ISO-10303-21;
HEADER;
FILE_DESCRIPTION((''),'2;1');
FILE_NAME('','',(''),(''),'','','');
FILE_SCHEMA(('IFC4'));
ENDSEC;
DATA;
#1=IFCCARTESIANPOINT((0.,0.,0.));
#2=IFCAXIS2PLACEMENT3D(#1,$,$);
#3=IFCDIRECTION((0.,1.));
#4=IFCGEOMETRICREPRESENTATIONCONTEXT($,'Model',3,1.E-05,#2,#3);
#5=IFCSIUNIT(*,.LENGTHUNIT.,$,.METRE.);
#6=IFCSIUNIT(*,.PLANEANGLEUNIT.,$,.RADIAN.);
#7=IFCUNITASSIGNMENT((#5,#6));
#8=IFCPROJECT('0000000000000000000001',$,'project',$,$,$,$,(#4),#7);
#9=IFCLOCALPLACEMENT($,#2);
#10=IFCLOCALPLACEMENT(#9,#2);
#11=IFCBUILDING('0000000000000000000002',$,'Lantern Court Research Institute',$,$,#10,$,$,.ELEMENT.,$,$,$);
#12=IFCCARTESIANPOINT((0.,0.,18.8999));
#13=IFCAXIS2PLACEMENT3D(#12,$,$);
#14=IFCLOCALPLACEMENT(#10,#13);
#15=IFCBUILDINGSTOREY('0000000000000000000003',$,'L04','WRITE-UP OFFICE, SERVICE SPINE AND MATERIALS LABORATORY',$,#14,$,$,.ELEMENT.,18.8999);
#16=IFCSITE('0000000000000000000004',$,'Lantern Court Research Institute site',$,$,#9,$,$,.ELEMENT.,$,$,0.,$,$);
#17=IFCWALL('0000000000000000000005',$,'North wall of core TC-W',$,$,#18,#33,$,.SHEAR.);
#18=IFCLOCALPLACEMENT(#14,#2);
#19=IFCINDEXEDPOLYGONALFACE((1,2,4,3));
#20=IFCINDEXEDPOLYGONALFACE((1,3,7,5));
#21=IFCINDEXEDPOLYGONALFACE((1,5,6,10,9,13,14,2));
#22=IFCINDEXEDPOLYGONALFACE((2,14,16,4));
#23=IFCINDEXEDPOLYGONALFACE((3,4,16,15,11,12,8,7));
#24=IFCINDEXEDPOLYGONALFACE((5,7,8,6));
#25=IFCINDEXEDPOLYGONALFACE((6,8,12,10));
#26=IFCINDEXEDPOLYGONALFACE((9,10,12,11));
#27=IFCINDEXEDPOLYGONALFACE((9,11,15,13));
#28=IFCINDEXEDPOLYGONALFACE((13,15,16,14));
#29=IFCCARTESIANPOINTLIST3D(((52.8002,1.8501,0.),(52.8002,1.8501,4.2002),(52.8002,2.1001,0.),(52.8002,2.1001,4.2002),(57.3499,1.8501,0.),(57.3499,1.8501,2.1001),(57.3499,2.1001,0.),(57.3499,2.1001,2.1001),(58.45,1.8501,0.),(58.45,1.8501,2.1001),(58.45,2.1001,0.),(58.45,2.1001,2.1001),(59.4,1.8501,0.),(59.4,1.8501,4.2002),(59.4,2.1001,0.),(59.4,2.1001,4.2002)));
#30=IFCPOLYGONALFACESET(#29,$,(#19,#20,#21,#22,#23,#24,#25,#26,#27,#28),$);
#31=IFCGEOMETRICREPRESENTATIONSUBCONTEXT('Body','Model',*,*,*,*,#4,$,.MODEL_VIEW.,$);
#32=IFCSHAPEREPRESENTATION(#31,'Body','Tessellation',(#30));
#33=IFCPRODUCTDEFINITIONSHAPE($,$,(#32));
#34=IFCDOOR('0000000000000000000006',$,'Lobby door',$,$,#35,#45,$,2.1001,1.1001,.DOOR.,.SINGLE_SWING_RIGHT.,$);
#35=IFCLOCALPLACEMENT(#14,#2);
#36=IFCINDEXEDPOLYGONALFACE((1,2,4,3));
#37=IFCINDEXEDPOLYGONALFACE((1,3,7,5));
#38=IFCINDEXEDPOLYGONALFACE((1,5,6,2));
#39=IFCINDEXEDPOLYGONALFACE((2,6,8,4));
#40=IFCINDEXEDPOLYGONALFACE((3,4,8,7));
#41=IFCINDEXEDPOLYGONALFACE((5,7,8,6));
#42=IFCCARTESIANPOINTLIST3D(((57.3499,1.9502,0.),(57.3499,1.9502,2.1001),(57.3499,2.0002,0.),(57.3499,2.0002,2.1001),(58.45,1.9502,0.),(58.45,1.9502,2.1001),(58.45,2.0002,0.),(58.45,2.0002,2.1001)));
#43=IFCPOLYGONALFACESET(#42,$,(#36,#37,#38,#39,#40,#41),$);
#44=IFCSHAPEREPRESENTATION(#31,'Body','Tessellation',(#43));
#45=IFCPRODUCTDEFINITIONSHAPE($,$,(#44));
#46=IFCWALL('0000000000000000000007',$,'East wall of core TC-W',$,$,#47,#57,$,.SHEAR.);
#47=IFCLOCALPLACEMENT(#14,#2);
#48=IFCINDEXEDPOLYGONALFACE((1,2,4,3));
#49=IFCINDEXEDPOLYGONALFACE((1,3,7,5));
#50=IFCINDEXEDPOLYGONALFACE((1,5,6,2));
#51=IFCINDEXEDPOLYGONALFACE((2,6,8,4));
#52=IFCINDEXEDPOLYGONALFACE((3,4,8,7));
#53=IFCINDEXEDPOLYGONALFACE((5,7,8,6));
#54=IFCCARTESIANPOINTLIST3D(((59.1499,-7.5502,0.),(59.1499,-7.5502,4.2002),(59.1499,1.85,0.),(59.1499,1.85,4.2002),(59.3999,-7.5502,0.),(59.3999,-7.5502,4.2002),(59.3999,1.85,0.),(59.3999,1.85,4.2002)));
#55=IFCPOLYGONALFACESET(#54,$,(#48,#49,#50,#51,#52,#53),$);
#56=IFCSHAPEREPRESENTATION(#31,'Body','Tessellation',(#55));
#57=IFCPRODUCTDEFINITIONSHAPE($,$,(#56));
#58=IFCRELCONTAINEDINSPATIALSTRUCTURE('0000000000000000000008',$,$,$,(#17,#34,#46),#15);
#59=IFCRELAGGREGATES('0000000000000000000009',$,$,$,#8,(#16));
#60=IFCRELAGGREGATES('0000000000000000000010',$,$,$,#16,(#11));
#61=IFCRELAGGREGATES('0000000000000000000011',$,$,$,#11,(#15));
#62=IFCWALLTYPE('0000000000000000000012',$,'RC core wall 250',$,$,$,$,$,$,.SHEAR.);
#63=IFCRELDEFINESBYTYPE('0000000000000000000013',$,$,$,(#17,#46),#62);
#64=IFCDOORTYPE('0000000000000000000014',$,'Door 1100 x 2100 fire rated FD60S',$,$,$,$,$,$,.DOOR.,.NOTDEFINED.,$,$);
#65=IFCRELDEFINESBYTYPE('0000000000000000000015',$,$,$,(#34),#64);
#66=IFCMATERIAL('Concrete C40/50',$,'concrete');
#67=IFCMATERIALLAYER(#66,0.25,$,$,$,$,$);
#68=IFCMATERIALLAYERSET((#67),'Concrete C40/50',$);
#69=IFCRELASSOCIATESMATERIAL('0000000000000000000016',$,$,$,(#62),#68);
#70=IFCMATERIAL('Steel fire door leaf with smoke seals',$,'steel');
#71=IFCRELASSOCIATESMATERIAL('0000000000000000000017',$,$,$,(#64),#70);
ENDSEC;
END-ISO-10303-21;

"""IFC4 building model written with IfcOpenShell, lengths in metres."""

from ifc_helpers import new_model, si_unit, direction, frame, frame_2d, origin, place, context, subcontext, project, spatial, rectangle, extrude, material, layer, layer_set, type_object, element, fill, save


model = new_model("IFC4")

# Units and contexts
model_context = context("Model", 3, precision=1e-05, world=origin(), true_north=direction((0.0, 1.0)))
body_context = subcontext(model_context, "Body", "Model", "MODEL_VIEW")
ifc_project = project(units=[si_unit("LENGTHUNIT", "METRE"), si_unit("PLANEANGLEUNIT", "RADIAN")], contexts=[model_context])

# Site, building, storey
site_placement = place(None, origin())
site = spatial("IfcSite", under=ifc_project, at=site_placement, Name="Lantern Court Research Institute site", CompositionType="ELEMENT", RefElevation=0.0)
building_placement = place(site_placement, origin())
building = spatial("IfcBuilding", under=site, at=building_placement, Name="Lantern Court Research Institute", CompositionType="ELEMENT")
storey_placement = place(building_placement, frame((0.0, 0.0, 18.8999)))
storey = spatial("IfcBuildingStorey", under=building, at=storey_placement, Name="L04", Description="WRITE-UP OFFICE, SERVICE SPINE AND MATERIALS LABORATORY", CompositionType="ELEMENT", Elevation=18.8999)

# Wall, opening, door
ifc_material_1 = material(Name="Concrete C40/50", Category="concrete")
ifc_layer_1 = layer(ifc_material_1, 0.25)
ifc_layer_set_1 = layer_set([ifc_layer_1], Name="Concrete C40/50")
wall_type_1 = type_object("IfcWallType", Name="RC core wall 250", PredefinedType="SHEAR", material=ifc_layer_set_1)
wall_1_placement = place(storey_placement, frame((59.3999, 1.9751, 0.0), z_axis=(0.0, 0.0, 1.0), x_axis=(-1.0, 0.0, 0.0)))
wall_1 = element("IfcWall", 1, at=wall_1_placement, inside=storey, type_object=wall_type_1, Name="North wall of core TC-W", PredefinedType="SHEAR", context=body_context, shape_type="SweptSolid", body=[
    extrude(rectangle(XDim=6.5999, YDim=0.25, at=frame_2d((3.2998, 0.0))), origin(), (0.0, 0.0, 1.0), 4.2002),
])
opening_1_placement = place(wall_1_placement, frame((0.95, 0.0, 0.0)))
opening_1 = element("IfcOpeningElement", 2, at=opening_1_placement, cuts=wall_1, PredefinedType="OPENING", context=body_context, shape_type="SweptSolid", body=[
    extrude(rectangle(XDim=1.1001, YDim=2.1001, at=frame_2d((0.55, 1.05))), frame((0.0, 0.135, 0.0), z_axis=(0.0, -1.0, 0.0), x_axis=(1.0, 0.0, 0.0)), (0.0, 0.0, 1.0), 0.27),
])
ifc_material_2 = material(Name="Steel fire door leaf with smoke seals", Category="steel")
door_type_1 = type_object("IfcDoorType", Name="Door 1100 x 2100 fire rated FD60S", OperationType="NOTDEFINED", PredefinedType="DOOR", material=ifc_material_2)
door_1_placement = place(opening_1_placement, origin())
door_1 = element("IfcDoor", 3, at=door_1_placement, inside=storey, type_object=door_type_1, Name="Lobby door", OperationType="SINGLE_SWING_RIGHT", OverallHeight=2.1001, OverallWidth=1.1001, PredefinedType="DOOR", context=body_context, shape_type="SweptSolid", body=[
    extrude(rectangle(XDim=1.1001, YDim=2.1001, at=frame_2d((0.55, 1.05))), frame((0.0, 0.0249, 0.0), z_axis=(0.0, -1.0, 0.0), x_axis=(1.0, 0.0, 0.0)), (0.0, 0.0, 1.0), 0.05),
])
fill(opening_1, door_1)

# Wall
wall_2_placement = place(storey_placement, frame((59.2749, 1.8501, 0.0), z_axis=(0.0, 0.0, 1.0), x_axis=(0.0, -1.0, 0.0)))
element("IfcWall", 4, at=wall_2_placement, inside=storey, type_object=wall_type_1, Name="East wall of core TC-W", PredefinedType="SHEAR", context=body_context, shape_type="SweptSolid", body=[
    extrude(rectangle(XDim=9.4001, YDim=0.25, at=frame_2d((4.7002, 0.0))), origin(), (0.0, 0.0, 1.0), 4.2002),
])

save(model, "model.ifc")
